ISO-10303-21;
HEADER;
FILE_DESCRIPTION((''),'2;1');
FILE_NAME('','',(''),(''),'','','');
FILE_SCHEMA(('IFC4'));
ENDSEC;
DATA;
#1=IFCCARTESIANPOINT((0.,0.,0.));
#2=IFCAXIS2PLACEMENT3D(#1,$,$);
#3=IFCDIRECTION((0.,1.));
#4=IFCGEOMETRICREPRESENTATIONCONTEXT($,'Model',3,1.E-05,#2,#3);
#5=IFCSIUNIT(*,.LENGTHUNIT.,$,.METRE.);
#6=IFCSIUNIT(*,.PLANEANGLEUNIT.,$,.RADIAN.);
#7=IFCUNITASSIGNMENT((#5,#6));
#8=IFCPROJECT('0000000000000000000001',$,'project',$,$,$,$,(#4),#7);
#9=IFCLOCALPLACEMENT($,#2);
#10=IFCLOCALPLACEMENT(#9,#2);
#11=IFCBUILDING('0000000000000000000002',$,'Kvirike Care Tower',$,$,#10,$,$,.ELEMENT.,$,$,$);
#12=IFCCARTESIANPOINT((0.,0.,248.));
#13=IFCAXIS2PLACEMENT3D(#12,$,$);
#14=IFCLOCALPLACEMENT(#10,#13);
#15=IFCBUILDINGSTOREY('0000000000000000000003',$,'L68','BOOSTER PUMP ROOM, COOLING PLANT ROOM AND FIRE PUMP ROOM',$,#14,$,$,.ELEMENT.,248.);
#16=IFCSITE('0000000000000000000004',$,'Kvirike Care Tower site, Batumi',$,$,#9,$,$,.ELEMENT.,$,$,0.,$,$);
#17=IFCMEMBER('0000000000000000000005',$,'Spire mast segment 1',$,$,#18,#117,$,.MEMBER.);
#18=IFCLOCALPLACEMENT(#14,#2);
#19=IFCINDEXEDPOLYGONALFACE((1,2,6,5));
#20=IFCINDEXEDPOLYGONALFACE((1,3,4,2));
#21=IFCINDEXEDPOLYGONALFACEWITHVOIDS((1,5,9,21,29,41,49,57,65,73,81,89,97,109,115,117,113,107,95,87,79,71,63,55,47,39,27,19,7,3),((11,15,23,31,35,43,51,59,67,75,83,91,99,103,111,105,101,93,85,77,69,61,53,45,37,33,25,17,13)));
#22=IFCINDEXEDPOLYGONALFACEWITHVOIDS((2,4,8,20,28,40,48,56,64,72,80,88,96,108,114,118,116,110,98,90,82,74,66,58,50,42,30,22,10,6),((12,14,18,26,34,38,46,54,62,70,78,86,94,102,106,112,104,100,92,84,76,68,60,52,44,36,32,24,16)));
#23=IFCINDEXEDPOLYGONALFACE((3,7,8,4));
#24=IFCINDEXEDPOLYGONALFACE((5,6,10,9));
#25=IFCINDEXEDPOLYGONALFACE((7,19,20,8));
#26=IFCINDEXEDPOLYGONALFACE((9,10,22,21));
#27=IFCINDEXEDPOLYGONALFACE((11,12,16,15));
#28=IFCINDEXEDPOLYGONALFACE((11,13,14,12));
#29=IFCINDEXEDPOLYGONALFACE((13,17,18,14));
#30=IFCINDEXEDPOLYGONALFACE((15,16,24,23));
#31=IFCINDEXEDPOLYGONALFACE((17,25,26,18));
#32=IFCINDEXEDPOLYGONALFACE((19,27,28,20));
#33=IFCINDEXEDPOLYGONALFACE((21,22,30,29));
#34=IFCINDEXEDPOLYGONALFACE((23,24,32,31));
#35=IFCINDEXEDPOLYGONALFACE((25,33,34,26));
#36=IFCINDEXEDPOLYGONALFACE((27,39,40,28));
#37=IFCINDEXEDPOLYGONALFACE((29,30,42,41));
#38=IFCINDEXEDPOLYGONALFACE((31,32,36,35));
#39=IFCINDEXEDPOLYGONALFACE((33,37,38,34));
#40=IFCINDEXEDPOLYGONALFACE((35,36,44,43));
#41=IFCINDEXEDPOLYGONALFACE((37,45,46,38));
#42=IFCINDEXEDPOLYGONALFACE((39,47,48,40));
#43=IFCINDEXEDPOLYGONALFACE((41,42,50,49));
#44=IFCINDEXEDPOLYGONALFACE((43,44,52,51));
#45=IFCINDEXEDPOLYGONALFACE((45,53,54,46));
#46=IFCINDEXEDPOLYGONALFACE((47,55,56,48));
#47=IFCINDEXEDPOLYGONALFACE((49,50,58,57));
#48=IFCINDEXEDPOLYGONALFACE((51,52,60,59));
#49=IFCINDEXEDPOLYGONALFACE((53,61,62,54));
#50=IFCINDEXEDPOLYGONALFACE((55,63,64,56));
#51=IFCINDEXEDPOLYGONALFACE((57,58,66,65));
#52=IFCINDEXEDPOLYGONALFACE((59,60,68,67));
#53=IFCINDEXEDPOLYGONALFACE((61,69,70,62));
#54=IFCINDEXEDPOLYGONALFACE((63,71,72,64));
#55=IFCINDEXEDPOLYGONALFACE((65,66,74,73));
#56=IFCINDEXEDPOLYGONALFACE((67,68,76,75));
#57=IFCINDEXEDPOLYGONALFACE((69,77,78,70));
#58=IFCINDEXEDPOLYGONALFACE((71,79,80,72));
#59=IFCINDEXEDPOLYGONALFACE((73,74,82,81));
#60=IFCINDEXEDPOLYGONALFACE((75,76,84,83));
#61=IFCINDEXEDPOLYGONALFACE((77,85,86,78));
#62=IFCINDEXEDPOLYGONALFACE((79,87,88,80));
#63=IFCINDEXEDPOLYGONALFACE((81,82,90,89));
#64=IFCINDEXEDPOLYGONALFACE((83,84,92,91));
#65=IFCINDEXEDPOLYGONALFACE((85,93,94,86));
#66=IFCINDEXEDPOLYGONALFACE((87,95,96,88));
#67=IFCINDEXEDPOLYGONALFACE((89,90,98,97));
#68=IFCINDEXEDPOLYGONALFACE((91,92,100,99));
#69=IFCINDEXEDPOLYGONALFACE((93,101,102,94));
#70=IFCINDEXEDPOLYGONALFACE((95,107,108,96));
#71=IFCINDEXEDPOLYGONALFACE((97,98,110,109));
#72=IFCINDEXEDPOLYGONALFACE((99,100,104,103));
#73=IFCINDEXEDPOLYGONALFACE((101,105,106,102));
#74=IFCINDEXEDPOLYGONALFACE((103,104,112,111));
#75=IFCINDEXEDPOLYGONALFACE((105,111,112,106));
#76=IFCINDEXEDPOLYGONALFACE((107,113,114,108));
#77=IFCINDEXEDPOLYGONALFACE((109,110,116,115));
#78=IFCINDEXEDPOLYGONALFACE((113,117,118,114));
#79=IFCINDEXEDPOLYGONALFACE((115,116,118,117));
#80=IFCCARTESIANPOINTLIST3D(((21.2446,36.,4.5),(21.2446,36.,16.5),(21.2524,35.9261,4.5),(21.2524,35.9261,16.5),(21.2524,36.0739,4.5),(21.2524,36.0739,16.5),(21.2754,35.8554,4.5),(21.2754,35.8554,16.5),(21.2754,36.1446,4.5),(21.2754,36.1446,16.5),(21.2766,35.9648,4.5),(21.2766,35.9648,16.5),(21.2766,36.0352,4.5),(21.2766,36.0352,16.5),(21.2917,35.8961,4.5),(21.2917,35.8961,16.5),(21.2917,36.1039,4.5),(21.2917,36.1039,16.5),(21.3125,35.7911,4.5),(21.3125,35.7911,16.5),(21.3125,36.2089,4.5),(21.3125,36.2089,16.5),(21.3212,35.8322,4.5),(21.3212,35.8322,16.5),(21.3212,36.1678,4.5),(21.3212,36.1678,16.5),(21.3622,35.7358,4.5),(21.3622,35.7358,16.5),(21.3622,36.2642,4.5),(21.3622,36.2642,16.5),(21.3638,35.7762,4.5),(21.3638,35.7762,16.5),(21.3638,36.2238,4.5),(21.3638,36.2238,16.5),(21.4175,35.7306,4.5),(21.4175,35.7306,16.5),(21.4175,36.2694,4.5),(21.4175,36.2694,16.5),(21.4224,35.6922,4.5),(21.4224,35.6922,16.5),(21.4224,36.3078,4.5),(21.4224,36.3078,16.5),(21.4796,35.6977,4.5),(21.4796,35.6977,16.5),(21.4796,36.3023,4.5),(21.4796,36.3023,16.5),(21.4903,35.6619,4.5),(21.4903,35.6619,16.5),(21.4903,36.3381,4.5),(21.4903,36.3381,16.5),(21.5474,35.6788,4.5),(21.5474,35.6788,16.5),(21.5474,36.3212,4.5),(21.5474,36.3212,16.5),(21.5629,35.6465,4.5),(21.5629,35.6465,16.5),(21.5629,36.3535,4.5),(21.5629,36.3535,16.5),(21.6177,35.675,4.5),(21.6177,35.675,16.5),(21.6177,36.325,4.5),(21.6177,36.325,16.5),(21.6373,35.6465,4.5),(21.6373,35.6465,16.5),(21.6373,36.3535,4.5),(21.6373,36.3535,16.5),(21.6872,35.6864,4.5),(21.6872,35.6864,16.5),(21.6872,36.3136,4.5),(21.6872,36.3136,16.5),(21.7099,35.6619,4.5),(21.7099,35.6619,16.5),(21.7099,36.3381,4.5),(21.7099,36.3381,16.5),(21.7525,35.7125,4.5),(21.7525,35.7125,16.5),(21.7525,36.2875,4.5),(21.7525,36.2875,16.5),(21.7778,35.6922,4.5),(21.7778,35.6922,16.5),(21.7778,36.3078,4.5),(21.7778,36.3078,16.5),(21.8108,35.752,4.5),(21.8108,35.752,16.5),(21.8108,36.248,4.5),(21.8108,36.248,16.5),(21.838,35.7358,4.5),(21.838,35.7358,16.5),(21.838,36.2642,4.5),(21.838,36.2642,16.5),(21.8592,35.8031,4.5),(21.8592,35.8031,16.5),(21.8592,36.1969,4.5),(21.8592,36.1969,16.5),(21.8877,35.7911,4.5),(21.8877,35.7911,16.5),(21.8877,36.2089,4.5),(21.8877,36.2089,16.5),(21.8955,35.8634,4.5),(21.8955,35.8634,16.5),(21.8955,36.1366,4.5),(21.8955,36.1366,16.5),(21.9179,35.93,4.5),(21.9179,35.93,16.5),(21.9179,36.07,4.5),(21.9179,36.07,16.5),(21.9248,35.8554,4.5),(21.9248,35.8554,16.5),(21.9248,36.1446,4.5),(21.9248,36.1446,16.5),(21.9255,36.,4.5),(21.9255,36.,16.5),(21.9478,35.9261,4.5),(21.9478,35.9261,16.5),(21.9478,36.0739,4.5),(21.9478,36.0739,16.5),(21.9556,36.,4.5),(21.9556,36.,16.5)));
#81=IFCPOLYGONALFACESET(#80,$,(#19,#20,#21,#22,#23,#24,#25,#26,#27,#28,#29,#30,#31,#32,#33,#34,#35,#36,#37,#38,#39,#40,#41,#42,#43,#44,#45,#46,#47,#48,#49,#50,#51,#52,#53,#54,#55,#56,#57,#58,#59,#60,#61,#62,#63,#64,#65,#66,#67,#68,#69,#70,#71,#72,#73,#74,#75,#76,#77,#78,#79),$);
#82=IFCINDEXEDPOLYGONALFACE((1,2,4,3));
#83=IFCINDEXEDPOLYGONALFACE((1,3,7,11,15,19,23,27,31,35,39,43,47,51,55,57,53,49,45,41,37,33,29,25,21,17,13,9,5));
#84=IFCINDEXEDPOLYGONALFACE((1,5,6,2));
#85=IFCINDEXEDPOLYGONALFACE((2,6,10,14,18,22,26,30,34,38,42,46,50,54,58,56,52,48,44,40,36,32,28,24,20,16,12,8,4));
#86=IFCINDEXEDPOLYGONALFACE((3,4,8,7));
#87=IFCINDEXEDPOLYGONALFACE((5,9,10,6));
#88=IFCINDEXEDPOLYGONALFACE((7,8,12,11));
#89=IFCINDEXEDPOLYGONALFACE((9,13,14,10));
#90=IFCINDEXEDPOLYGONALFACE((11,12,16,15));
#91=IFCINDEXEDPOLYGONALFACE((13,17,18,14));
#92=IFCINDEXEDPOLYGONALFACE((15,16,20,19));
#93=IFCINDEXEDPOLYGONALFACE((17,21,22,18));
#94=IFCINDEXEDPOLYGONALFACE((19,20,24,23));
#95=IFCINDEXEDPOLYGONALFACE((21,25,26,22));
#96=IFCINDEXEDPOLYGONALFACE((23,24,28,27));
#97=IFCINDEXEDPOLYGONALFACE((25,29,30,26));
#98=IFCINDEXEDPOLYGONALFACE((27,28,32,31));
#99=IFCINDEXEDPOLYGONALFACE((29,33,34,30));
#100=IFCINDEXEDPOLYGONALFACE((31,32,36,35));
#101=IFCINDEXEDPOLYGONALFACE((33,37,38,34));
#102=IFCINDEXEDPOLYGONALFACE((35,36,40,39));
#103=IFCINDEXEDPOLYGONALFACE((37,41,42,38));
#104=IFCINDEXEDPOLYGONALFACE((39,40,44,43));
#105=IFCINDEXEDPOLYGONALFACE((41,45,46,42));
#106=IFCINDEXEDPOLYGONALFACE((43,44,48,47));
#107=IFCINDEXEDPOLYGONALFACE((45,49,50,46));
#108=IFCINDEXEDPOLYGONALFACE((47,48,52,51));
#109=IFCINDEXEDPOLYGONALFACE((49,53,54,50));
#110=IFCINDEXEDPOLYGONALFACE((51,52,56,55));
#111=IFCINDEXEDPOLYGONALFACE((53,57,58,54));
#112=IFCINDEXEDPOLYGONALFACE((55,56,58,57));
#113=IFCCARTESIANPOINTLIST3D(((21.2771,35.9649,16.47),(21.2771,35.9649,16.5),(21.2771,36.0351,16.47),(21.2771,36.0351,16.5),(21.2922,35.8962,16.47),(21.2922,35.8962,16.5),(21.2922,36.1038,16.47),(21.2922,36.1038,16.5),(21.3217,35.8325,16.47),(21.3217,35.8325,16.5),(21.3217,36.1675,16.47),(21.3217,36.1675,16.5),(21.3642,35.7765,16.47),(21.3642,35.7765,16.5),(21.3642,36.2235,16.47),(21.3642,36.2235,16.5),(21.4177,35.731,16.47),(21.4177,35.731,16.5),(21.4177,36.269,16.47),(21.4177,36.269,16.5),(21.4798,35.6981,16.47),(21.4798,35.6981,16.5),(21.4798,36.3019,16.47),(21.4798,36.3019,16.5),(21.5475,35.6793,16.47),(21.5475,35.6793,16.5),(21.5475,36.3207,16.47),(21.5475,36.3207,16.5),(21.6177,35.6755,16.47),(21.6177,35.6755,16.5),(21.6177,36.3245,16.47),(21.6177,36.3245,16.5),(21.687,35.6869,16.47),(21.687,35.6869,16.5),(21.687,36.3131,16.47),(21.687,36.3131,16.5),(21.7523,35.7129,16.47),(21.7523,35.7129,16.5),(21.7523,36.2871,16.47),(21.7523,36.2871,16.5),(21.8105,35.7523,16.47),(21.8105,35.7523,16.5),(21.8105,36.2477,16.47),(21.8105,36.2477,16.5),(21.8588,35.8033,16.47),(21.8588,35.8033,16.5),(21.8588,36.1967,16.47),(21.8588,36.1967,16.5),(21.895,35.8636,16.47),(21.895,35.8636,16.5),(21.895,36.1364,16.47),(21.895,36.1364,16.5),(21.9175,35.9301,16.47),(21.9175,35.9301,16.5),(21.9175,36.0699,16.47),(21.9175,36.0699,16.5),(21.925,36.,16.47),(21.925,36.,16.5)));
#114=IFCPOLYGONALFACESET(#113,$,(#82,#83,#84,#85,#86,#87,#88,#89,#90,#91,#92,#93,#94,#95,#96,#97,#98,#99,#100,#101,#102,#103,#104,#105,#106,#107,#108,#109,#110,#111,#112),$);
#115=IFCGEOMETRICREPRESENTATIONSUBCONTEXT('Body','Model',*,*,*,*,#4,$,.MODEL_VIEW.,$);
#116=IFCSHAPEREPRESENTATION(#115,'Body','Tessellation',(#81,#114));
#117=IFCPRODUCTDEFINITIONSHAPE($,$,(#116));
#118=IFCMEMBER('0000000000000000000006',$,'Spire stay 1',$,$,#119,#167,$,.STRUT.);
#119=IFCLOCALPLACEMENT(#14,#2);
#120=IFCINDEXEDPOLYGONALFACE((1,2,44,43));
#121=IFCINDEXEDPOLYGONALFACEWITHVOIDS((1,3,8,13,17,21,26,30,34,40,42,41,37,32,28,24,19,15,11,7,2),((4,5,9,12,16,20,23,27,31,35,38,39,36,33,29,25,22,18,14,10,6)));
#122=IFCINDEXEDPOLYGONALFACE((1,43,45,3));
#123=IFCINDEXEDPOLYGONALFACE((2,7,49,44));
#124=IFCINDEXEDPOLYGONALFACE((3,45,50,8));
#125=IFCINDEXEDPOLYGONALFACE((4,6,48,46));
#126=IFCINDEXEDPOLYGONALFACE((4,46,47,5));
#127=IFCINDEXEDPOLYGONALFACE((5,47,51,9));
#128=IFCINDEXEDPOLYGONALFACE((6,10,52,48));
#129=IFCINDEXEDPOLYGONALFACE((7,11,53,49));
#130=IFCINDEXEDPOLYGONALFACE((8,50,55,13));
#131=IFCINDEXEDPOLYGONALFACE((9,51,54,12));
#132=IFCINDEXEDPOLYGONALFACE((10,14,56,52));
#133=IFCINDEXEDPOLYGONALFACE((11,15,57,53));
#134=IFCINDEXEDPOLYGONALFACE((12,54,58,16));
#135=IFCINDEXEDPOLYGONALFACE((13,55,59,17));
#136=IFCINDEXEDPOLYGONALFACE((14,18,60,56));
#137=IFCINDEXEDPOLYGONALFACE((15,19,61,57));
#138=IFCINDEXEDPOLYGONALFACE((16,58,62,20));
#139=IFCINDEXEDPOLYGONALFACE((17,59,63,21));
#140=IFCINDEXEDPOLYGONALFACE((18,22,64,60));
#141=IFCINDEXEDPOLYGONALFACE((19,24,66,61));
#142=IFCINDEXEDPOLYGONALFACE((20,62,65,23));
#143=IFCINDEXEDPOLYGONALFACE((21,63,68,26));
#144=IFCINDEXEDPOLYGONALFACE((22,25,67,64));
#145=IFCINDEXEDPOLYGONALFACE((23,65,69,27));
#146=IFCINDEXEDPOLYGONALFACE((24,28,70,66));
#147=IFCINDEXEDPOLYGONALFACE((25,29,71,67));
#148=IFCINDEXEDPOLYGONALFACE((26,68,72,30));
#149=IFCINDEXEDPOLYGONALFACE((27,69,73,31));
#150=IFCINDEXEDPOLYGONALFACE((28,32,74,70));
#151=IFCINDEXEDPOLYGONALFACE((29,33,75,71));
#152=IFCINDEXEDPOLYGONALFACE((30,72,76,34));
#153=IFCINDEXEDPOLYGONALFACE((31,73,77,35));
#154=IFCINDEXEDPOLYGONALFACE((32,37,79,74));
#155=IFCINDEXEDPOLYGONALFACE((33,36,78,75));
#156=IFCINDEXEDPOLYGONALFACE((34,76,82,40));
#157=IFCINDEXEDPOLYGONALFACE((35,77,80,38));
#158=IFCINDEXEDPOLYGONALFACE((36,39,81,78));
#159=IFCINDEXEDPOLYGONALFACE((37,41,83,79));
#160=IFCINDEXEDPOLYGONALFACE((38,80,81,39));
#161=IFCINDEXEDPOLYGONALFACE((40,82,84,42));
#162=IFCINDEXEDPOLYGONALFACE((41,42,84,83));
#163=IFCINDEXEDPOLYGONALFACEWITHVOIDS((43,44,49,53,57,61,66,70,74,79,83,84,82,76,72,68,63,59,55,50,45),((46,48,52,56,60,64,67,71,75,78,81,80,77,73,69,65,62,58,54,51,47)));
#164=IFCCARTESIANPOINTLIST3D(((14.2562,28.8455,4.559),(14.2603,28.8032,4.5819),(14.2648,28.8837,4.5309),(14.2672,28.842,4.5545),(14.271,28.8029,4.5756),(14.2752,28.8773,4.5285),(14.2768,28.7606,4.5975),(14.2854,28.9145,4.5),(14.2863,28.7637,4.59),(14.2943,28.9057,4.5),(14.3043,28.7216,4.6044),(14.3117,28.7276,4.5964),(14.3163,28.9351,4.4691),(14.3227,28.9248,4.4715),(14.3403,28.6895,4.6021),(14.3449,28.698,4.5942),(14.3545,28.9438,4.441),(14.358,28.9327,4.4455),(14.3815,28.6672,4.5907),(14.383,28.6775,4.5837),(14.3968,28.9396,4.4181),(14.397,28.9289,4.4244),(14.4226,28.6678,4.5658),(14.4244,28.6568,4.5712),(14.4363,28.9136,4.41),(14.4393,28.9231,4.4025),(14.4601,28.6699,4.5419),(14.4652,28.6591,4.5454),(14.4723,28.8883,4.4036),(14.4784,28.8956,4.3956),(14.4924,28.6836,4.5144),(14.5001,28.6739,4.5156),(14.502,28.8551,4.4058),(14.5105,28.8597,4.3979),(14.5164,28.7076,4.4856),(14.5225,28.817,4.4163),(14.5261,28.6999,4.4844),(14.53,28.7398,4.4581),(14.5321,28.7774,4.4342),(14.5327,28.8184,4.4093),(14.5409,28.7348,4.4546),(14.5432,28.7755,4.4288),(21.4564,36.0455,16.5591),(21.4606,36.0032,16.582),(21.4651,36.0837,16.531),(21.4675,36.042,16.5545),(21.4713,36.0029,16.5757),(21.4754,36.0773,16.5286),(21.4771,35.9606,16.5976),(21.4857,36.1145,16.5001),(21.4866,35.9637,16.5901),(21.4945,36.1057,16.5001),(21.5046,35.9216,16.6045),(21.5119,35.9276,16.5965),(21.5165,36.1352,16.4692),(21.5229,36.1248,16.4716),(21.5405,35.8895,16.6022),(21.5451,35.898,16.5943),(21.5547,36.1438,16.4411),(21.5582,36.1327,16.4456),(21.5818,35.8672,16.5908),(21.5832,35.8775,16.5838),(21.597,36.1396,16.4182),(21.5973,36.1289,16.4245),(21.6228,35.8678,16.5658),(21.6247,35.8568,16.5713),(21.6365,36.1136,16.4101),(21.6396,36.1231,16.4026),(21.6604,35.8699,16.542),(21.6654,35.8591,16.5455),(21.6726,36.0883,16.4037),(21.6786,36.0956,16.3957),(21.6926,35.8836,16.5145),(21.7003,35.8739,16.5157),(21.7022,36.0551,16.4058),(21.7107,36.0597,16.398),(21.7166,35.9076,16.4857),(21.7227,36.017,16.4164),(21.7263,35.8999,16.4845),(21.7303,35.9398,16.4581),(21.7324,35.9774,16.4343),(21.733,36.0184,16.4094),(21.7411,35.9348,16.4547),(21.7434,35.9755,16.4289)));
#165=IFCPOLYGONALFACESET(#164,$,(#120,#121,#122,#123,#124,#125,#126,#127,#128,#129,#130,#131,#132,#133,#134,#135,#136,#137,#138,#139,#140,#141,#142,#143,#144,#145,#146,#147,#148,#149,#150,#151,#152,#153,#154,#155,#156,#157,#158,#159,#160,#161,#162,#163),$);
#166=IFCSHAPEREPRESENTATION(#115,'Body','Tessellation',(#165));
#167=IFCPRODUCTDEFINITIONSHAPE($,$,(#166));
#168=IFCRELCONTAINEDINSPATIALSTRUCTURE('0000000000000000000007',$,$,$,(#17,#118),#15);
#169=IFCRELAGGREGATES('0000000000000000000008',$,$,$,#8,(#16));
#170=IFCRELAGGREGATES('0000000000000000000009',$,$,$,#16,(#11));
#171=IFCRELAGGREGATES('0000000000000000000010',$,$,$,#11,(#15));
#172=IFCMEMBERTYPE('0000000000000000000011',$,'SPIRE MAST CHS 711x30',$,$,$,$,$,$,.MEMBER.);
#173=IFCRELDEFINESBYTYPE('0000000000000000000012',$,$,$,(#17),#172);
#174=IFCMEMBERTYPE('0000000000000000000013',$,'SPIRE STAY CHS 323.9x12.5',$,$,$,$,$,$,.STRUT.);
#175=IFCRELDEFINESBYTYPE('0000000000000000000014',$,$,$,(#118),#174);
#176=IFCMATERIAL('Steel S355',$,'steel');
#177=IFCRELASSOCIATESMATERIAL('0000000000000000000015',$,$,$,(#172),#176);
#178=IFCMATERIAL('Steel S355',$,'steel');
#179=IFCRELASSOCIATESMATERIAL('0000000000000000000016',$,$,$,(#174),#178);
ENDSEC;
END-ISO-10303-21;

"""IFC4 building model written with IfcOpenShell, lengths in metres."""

from ifc_helpers import new_model, entity, si_unit, direction, frame, origin, origin_2d, place, context, subcontext, project, spatial, hollow_circle, extrude, material, material_profile, profile_set, type_object, element, save


model = new_model("IFC4")

# Units and contexts
model_context = context("Model", 3, precision=1e-05, world=origin(), true_north=direction((0.0, 1.0)))
body_context = subcontext(model_context, "Body", "Model", "MODEL_VIEW")
ifc_project = project(units=[si_unit("LENGTHUNIT", "METRE"), si_unit("PLANEANGLEUNIT", "RADIAN")], contexts=[model_context])

# Site, building, storey
site_placement = place(None, origin())
site = spatial("IfcSite", under=ifc_project, at=site_placement, Name="Kvirike Care Tower site, Batumi", CompositionType="ELEMENT", RefElevation=0.0)
building_placement = place(site_placement, origin())
building = spatial("IfcBuilding", under=site, at=building_placement, Name="Kvirike Care Tower", CompositionType="ELEMENT")
storey_placement = place(building_placement, frame((0.0, 0.0, 248.0)))
storey = spatial("IfcBuildingStorey", under=building, at=storey_placement, Name="L68", Description="BOOSTER PUMP ROOM, COOLING PLANT ROOM AND FIRE PUMP ROOM", CompositionType="ELEMENT", Elevation=248.0)

# Members
ifc_material_1 = material(Name="Steel S355", Category="steel")
ifc_material_profile_1 = material_profile(ifc_material_1, hollow_circle(Radius=0.3555, WallThickness=0.03, at=origin_2d()), Name="CHS 711x30")
ifc_profile_set_1 = profile_set([ifc_material_profile_1], Name="Steel S355")
member_type_1 = type_object("IfcMemberType", Name="SPIRE MAST CHS 711x30", PredefinedType="MEMBER", material=ifc_profile_set_1)
member_1_placement = place(storey_placement, frame((21.6001, 36.0, 4.5), z_axis=(0.0, 0.0, 1.0), x_axis=(1.0, 0.0, 0.0)))
cartesian_point = entity("IfcCartesianPoint", [0.0, 0.0])
ifc_direction = entity("IfcDirection", [0.0, 1.0, 0.0])
element("IfcMember", 1, at=member_1_placement, inside=storey, type_object=member_type_1, Name="Spire mast segment 1", PredefinedType="MEMBER", context=body_context, shape_type="SweptSolid", body=[
    extrude(hollow_circle(Radius=0.3555, WallThickness=0.03, at=origin_2d()), origin(), (0.0, 0.0, 1.0), 12.0),
    entity("IfcRevolvedAreaSolid", entity("IfcArbitraryClosedProfileDef", "AREA", None, entity("IfcPolyline", [cartesian_point, entity("IfcCartesianPoint", [0.325, 0.0]), entity("IfcCartesianPoint", [0.325, 0.03]), entity("IfcCartesianPoint", [0.0, 0.03]), cartesian_point])), entity("IfcAxis2Placement3D", entity("IfcCartesianPoint", [0.0, 0.0, 12.0]), ifc_direction, entity("IfcDirection", [1.0, 0.0, 0.0])), entity("IfcAxis1Placement", entity("IfcCartesianPoint", [0.0, 0.0, 0.0]), ifc_direction), 6.283185),
])
ifc_material_2 = material(Name="Steel S355", Category="steel")
ifc_material_profile_2 = material_profile(ifc_material_2, hollow_circle(Radius=0.1619, WallThickness=0.0125, at=origin_2d()), Name="CHS 323.9x12.5")
ifc_profile_set_2 = profile_set([ifc_material_profile_2], Name="Steel S355")
member_type_2 = type_object("IfcMemberType", Name="SPIRE STAY CHS 323.9x12.5", PredefinedType="STRUT", material=ifc_profile_set_2)
member_2_placement = place(storey_placement, frame((14.3999, 28.8, 4.5), z_axis=(0.457506, 0.457491, 0.76249), x_axis=(-0.707095, 0.707119, 0.0)))
element("IfcMember", 2, at=member_2_placement, inside=storey, type_object=member_type_2, Name="Spire stay 1", PredefinedType="STRUT", context=body_context, shape_type="SweptSolid", body=[
    extrude(hollow_circle(Radius=0.1619, WallThickness=0.0125, at=origin_2d()), origin(), (0.0, 0.0, 1.0), 15.738),
])

save(model, "model.ifc")
